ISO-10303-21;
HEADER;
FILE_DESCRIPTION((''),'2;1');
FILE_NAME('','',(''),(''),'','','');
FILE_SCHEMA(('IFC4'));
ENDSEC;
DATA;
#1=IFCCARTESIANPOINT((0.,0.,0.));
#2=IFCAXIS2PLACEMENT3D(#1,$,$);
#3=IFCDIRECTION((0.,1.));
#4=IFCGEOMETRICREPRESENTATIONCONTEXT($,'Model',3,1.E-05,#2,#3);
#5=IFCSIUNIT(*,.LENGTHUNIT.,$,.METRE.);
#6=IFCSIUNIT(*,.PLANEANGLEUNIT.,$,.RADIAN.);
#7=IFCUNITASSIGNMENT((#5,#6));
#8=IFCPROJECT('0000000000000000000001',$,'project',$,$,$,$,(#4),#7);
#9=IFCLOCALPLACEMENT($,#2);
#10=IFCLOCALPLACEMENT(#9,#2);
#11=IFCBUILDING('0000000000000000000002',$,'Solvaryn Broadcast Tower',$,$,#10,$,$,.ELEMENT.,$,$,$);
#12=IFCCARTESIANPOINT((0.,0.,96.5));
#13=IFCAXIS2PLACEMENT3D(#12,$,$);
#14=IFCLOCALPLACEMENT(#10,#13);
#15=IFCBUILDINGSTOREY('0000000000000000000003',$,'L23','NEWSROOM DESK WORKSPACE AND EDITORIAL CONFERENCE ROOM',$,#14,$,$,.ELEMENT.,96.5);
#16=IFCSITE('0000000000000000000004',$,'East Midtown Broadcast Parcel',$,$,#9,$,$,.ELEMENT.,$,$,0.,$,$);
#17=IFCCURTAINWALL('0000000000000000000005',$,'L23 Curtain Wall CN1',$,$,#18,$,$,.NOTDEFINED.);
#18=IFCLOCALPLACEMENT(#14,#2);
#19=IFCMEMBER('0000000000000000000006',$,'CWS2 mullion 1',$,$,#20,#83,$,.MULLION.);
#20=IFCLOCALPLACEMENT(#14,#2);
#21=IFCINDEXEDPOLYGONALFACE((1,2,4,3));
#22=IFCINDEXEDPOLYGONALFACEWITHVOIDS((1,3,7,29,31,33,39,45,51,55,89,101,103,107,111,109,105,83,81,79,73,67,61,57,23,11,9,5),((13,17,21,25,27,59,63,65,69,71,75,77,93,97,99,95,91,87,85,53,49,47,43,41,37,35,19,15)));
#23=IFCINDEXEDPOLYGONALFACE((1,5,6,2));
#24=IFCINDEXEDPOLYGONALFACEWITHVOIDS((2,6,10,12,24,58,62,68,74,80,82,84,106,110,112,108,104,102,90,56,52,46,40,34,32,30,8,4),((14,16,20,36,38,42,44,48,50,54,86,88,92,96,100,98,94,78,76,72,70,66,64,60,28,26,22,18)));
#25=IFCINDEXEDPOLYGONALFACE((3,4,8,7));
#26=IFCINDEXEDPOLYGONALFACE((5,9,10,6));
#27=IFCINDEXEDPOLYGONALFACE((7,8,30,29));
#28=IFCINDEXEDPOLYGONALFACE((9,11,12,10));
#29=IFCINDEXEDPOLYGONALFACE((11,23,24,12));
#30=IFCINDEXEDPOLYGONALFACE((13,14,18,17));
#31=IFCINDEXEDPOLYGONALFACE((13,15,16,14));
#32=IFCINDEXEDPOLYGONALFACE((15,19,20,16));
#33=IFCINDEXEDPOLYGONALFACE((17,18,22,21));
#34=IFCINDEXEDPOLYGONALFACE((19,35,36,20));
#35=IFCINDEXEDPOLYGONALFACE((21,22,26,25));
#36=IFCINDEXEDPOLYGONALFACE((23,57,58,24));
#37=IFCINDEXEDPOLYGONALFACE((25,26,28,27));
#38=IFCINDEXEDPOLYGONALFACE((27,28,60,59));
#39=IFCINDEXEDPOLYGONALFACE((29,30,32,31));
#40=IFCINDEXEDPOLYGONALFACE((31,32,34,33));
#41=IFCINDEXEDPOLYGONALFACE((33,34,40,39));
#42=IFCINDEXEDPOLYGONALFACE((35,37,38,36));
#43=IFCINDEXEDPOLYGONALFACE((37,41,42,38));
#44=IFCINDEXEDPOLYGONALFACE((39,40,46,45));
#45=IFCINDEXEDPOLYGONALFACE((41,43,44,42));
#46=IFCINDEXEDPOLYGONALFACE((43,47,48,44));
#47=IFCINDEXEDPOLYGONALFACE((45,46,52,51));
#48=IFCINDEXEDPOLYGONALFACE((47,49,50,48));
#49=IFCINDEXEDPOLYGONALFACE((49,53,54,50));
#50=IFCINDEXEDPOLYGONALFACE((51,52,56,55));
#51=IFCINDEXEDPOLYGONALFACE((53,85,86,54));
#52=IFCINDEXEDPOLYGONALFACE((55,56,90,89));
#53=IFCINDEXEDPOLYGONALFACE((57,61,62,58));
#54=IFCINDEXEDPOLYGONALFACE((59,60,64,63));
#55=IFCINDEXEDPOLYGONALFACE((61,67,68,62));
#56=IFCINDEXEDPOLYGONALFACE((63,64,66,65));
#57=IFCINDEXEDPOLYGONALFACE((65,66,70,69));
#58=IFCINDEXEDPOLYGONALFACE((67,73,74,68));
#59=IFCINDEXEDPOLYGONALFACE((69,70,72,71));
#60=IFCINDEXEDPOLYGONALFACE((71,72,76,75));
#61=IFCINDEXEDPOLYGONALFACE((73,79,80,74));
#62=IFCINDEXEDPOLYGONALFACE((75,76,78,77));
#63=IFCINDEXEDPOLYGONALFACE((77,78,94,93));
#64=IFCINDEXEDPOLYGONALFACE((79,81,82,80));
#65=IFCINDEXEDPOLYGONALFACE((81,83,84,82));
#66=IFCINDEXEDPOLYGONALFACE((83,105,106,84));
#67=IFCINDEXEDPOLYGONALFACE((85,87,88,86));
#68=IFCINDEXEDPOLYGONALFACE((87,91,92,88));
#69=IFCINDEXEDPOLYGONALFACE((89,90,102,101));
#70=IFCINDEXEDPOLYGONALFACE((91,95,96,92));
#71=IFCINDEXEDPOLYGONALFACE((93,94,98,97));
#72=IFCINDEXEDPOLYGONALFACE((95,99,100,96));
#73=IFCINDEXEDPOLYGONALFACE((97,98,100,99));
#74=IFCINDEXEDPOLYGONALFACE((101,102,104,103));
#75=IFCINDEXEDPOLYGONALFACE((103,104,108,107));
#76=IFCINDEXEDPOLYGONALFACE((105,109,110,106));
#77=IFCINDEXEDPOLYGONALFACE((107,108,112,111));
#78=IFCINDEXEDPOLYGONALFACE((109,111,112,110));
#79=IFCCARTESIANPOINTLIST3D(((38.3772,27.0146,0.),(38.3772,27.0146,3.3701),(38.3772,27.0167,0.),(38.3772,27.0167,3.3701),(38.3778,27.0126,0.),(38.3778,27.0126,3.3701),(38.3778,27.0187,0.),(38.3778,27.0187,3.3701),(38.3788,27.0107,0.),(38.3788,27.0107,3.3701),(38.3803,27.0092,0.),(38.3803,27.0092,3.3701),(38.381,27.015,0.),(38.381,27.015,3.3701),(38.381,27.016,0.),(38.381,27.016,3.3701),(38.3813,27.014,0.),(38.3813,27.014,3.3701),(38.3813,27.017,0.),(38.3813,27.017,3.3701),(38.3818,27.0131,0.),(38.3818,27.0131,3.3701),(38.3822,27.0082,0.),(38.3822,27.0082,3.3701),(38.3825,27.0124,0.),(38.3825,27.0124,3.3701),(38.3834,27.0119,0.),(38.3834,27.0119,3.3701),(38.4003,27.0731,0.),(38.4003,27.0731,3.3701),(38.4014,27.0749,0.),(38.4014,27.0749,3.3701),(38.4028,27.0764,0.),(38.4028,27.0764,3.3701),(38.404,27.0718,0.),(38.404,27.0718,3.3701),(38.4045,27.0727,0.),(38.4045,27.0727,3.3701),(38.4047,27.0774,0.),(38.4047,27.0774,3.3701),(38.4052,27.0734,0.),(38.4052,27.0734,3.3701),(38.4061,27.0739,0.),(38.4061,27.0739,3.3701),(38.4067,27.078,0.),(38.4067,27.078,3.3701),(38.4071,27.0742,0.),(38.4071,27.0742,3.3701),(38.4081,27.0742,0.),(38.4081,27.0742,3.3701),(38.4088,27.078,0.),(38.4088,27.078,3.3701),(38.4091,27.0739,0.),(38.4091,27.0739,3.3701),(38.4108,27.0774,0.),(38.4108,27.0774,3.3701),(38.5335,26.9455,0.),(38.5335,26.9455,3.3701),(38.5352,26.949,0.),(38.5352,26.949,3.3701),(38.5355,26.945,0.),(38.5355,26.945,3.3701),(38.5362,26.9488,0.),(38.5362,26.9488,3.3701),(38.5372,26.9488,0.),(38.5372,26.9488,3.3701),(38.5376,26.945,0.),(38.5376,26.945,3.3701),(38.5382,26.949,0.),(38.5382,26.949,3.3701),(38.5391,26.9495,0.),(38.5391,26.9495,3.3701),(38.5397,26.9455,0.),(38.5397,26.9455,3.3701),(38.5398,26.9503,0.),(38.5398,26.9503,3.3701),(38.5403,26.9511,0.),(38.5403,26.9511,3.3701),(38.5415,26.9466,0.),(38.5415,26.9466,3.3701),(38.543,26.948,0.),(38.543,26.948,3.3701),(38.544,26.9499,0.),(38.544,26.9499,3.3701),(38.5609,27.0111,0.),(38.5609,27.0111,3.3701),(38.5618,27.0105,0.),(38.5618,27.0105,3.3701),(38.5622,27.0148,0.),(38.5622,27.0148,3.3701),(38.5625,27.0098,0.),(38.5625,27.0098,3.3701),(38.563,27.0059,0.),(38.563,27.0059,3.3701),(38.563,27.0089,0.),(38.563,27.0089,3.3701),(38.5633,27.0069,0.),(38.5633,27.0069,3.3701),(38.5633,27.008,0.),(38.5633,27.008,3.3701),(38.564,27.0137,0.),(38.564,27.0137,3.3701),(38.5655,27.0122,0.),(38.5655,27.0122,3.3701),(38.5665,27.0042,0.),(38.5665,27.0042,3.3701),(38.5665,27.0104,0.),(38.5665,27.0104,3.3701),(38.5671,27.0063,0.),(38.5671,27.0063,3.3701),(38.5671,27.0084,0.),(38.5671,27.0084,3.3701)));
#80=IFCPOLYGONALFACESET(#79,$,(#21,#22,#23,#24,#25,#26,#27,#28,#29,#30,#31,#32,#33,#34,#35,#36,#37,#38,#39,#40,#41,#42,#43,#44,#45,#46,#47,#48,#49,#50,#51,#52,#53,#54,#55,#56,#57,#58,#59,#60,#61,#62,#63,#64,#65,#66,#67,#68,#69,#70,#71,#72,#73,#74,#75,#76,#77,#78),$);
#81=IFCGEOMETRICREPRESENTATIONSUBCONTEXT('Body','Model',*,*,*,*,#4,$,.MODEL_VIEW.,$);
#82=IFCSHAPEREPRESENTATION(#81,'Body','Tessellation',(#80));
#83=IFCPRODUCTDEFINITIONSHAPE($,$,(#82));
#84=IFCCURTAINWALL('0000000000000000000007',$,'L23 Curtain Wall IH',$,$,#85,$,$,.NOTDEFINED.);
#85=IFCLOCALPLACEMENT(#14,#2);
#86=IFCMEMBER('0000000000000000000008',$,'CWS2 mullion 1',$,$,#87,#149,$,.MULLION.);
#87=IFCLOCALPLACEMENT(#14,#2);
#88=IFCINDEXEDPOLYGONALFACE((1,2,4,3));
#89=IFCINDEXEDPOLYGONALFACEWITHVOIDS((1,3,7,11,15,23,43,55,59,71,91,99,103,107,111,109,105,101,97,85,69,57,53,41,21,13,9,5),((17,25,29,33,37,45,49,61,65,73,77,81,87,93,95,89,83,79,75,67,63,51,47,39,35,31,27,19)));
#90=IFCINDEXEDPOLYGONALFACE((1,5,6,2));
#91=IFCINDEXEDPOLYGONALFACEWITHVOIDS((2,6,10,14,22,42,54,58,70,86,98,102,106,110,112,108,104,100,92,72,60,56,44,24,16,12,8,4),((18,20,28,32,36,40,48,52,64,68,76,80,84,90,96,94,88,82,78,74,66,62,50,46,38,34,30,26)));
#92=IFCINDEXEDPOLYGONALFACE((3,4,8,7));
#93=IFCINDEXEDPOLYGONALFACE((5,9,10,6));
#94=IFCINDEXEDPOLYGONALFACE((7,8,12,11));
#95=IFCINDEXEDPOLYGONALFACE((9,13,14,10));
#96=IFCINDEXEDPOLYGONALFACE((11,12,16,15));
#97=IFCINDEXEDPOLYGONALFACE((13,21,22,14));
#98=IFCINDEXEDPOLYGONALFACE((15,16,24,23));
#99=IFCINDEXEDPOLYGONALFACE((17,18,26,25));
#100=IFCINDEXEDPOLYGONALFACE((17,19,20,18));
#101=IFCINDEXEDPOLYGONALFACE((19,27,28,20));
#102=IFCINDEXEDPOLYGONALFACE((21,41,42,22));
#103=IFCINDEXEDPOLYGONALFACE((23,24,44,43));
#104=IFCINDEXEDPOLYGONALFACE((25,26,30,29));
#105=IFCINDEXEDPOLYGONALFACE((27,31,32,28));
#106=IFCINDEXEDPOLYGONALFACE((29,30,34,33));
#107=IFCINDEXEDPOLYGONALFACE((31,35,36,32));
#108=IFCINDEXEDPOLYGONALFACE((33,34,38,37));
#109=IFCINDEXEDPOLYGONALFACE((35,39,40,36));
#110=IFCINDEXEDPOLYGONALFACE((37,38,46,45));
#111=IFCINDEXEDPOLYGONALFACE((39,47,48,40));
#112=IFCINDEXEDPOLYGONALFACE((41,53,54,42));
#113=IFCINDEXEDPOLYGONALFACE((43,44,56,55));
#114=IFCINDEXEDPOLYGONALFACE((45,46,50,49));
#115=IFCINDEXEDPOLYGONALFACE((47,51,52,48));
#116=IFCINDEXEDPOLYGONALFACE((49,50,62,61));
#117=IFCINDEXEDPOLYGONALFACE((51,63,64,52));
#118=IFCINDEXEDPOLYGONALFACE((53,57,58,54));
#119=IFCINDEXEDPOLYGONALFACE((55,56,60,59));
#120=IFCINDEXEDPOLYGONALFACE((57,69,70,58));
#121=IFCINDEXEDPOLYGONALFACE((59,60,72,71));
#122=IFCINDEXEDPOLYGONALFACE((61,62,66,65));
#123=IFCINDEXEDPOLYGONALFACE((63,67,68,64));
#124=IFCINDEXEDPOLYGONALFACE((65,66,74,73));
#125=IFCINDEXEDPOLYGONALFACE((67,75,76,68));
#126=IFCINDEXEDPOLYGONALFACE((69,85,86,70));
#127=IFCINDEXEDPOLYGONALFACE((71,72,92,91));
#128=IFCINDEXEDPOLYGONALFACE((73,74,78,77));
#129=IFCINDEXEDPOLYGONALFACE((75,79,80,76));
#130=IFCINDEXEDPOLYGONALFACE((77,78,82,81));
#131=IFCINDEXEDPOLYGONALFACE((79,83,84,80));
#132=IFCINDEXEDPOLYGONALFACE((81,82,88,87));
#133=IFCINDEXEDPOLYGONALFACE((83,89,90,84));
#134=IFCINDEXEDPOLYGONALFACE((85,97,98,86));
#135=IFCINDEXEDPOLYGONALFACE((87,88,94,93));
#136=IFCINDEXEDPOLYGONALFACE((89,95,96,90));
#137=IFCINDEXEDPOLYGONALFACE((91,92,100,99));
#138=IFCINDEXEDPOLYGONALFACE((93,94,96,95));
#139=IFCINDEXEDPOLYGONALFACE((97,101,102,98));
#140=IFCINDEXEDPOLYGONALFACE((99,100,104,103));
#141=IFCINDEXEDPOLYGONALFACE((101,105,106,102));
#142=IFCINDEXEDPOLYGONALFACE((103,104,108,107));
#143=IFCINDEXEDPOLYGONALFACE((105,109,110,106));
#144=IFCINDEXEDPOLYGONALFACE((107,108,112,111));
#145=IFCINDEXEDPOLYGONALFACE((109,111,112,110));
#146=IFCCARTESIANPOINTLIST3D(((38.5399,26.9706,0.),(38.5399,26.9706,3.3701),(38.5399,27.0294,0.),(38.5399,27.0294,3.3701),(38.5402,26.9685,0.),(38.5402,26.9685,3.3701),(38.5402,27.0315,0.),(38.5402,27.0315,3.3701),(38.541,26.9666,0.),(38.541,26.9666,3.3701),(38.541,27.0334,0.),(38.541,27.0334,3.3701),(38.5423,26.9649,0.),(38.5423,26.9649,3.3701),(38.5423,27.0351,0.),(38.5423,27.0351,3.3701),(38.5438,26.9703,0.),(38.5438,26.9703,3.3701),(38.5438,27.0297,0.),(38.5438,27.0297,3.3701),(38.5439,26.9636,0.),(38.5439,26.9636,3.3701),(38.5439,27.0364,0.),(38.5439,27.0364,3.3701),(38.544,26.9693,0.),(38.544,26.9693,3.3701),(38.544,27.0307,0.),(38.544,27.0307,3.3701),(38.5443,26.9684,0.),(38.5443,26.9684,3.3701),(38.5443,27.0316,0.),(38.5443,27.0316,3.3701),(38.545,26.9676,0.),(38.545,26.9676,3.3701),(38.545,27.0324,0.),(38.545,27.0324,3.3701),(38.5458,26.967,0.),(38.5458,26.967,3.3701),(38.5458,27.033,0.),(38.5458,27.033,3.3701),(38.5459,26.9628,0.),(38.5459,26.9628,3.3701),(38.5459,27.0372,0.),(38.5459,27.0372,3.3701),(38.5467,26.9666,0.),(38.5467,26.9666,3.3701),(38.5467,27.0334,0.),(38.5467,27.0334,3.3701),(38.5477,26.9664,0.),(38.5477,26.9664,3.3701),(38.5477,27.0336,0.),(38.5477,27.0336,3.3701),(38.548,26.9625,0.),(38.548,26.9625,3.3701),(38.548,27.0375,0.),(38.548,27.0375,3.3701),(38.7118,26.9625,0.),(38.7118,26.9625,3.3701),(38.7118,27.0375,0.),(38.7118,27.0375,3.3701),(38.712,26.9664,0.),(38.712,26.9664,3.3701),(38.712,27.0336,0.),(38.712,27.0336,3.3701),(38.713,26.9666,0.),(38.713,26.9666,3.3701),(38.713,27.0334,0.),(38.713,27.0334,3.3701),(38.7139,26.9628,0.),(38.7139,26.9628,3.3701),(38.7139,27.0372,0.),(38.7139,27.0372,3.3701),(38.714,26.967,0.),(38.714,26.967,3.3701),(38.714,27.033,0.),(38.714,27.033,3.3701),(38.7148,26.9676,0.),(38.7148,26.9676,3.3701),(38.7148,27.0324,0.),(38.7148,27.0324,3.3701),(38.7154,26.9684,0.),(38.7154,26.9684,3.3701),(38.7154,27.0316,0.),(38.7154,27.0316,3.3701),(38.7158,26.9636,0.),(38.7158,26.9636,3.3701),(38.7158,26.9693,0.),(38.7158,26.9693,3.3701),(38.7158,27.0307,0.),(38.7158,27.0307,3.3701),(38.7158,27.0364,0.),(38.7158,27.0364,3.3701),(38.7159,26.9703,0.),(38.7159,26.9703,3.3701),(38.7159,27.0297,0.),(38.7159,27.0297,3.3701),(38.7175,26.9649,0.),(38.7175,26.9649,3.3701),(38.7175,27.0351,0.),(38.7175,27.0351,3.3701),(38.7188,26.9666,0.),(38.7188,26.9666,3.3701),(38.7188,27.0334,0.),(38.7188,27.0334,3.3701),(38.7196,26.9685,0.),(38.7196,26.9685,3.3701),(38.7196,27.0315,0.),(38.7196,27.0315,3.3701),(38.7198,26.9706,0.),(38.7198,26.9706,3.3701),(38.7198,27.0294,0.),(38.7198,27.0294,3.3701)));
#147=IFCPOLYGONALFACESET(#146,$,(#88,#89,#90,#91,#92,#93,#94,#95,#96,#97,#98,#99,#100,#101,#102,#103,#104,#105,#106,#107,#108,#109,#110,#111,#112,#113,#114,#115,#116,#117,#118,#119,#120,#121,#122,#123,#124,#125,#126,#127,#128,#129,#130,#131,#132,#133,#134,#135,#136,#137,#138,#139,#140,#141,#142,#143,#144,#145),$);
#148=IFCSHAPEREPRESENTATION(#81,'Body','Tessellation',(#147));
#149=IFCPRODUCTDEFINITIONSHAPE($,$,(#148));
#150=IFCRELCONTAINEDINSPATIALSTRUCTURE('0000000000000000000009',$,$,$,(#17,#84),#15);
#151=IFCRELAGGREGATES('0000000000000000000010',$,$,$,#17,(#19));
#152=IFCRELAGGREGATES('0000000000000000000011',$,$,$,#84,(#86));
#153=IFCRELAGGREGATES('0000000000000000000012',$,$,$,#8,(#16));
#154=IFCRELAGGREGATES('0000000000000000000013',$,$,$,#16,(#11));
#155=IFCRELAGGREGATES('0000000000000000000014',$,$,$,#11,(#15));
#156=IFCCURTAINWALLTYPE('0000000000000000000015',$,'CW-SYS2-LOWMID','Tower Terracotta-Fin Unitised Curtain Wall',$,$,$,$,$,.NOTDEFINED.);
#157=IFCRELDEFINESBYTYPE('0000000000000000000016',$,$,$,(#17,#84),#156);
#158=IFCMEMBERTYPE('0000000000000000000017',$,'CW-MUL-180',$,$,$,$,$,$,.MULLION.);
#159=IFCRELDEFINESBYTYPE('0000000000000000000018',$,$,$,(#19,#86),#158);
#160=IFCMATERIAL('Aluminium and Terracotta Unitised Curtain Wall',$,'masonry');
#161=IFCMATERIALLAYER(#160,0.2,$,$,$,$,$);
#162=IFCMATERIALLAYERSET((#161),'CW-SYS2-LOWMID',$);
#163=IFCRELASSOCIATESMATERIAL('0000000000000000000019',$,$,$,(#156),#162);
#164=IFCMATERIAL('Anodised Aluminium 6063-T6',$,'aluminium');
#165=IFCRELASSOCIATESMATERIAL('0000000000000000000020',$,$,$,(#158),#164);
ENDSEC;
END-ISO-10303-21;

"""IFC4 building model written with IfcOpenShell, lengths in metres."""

from ifc_helpers import new_model, si_unit, direction, frame, origin, origin_2d, place, context, subcontext, project, spatial, hollow_rectangle, extrude, material, layer, layer_set, material_profile, profile_set, type_object, element, aggregate, save


model = new_model("IFC4")

# Units and contexts
model_context = context("Model", 3, precision=1e-05, world=origin(), true_north=direction((0.0, 1.0)))
body_context = subcontext(model_context, "Body", "Model", "MODEL_VIEW")
ifc_project = project(units=[si_unit("LENGTHUNIT", "METRE"), si_unit("PLANEANGLEUNIT", "RADIAN")], contexts=[model_context])

# Site, building, storey
site_placement = place(None, origin())
site = spatial("IfcSite", under=ifc_project, at=site_placement, Name="East Midtown Broadcast Parcel", CompositionType="ELEMENT", RefElevation=0.0)
building_placement = place(site_placement, origin())
building = spatial("IfcBuilding", under=site, at=building_placement, Name="Solvaryn Broadcast Tower", CompositionType="ELEMENT")
storey_placement = place(building_placement, frame((0.0, 0.0, 96.5)))
storey = spatial("IfcBuildingStorey", under=building, at=storey_placement, Name="L23", Description="NEWSROOM DESK WORKSPACE AND EDITORIAL CONFERENCE ROOM", CompositionType="ELEMENT", Elevation=96.5)

# Curtain walls, members
ifc_material_1 = material(Name="Aluminium and Terracotta Unitised Curtain Wall", Category="masonry")
ifc_layer_1 = layer(ifc_material_1, 0.2)
ifc_layer_set_1 = layer_set([ifc_layer_1], Name="CW-SYS2-LOWMID")
curtain_wall_type = type_object("IfcCurtainWallType", Name="CW-SYS2-LOWMID", Description="Tower Terracotta-Fin Unitised Curtain Wall", PredefinedType="NOTDEFINED", material=ifc_layer_set_1)
curtain_wall_1_placement = place(storey_placement, origin())
curtain_wall_1 = element("IfcCurtainWall", 1, at=curtain_wall_1_placement, inside=storey, type_object=curtain_wall_type, Name="L23 Curtain Wall CN1", PredefinedType="NOTDEFINED")
ifc_material_2 = material(Name="Anodised Aluminium 6063-T6", Category="aluminium")
ifc_material_profile_1 = material_profile(ifc_material_2, hollow_rectangle(XDim=0.075, YDim=0.1799, WallThickness=0.0039, InnerFilletRadius=0.0039, OuterFilletRadius=0.0081, at=origin_2d()))
ifc_profile_set_1 = profile_set([ifc_material_profile_1], Name="Anodised Aluminium 6063-T6")
member_type_1 = type_object("IfcMemberType", Name="CW-MUL-180", PredefinedType="MULLION", material=ifc_profile_set_1)
member_1_placement = place(storey_placement, frame((38.4722, 27.0115, 0.0), z_axis=(0.0, 0.0, 1.0), x_axis=(-0.382646, -0.923895, 0.0)))
member_1 = element("IfcMember", 2, at=member_1_placement, type_object=member_type_1, Name="CWS2 mullion 1", PredefinedType="MULLION", context=body_context, shape_type="SweptSolid", body=[
    extrude(hollow_rectangle(XDim=0.075, YDim=0.1799, WallThickness=0.0039, InnerFilletRadius=0.0039, OuterFilletRadius=0.0081, at=origin_2d()), origin(), (0.0, 0.0, 1.0), 3.3701),
])
curtain_wall_2_placement = place(storey_placement, origin())
curtain_wall_2 = element("IfcCurtainWall", 3, at=curtain_wall_2_placement, inside=storey, type_object=curtain_wall_type, Name="L23 Curtain Wall IH", PredefinedType="NOTDEFINED")
member_2_placement = place(storey_placement, frame((38.6299, 27.0, 0.0), z_axis=(0.0, 0.0, 1.0), x_axis=(0.0, 1.0, 0.0)))
member_2 = element("IfcMember", 4, at=member_2_placement, type_object=member_type_1, Name="CWS2 mullion 1", PredefinedType="MULLION", context=body_context, shape_type="SweptSolid", body=[
    extrude(hollow_rectangle(XDim=0.075, YDim=0.1799, WallThickness=0.0039, InnerFilletRadius=0.0039, OuterFilletRadius=0.0081, at=origin_2d()), origin(), (0.0, 0.0, 1.0), 3.3701),
])

aggregate(curtain_wall_1, [member_1])
aggregate(curtain_wall_2, [member_2])

save(model, "model.ifc")
